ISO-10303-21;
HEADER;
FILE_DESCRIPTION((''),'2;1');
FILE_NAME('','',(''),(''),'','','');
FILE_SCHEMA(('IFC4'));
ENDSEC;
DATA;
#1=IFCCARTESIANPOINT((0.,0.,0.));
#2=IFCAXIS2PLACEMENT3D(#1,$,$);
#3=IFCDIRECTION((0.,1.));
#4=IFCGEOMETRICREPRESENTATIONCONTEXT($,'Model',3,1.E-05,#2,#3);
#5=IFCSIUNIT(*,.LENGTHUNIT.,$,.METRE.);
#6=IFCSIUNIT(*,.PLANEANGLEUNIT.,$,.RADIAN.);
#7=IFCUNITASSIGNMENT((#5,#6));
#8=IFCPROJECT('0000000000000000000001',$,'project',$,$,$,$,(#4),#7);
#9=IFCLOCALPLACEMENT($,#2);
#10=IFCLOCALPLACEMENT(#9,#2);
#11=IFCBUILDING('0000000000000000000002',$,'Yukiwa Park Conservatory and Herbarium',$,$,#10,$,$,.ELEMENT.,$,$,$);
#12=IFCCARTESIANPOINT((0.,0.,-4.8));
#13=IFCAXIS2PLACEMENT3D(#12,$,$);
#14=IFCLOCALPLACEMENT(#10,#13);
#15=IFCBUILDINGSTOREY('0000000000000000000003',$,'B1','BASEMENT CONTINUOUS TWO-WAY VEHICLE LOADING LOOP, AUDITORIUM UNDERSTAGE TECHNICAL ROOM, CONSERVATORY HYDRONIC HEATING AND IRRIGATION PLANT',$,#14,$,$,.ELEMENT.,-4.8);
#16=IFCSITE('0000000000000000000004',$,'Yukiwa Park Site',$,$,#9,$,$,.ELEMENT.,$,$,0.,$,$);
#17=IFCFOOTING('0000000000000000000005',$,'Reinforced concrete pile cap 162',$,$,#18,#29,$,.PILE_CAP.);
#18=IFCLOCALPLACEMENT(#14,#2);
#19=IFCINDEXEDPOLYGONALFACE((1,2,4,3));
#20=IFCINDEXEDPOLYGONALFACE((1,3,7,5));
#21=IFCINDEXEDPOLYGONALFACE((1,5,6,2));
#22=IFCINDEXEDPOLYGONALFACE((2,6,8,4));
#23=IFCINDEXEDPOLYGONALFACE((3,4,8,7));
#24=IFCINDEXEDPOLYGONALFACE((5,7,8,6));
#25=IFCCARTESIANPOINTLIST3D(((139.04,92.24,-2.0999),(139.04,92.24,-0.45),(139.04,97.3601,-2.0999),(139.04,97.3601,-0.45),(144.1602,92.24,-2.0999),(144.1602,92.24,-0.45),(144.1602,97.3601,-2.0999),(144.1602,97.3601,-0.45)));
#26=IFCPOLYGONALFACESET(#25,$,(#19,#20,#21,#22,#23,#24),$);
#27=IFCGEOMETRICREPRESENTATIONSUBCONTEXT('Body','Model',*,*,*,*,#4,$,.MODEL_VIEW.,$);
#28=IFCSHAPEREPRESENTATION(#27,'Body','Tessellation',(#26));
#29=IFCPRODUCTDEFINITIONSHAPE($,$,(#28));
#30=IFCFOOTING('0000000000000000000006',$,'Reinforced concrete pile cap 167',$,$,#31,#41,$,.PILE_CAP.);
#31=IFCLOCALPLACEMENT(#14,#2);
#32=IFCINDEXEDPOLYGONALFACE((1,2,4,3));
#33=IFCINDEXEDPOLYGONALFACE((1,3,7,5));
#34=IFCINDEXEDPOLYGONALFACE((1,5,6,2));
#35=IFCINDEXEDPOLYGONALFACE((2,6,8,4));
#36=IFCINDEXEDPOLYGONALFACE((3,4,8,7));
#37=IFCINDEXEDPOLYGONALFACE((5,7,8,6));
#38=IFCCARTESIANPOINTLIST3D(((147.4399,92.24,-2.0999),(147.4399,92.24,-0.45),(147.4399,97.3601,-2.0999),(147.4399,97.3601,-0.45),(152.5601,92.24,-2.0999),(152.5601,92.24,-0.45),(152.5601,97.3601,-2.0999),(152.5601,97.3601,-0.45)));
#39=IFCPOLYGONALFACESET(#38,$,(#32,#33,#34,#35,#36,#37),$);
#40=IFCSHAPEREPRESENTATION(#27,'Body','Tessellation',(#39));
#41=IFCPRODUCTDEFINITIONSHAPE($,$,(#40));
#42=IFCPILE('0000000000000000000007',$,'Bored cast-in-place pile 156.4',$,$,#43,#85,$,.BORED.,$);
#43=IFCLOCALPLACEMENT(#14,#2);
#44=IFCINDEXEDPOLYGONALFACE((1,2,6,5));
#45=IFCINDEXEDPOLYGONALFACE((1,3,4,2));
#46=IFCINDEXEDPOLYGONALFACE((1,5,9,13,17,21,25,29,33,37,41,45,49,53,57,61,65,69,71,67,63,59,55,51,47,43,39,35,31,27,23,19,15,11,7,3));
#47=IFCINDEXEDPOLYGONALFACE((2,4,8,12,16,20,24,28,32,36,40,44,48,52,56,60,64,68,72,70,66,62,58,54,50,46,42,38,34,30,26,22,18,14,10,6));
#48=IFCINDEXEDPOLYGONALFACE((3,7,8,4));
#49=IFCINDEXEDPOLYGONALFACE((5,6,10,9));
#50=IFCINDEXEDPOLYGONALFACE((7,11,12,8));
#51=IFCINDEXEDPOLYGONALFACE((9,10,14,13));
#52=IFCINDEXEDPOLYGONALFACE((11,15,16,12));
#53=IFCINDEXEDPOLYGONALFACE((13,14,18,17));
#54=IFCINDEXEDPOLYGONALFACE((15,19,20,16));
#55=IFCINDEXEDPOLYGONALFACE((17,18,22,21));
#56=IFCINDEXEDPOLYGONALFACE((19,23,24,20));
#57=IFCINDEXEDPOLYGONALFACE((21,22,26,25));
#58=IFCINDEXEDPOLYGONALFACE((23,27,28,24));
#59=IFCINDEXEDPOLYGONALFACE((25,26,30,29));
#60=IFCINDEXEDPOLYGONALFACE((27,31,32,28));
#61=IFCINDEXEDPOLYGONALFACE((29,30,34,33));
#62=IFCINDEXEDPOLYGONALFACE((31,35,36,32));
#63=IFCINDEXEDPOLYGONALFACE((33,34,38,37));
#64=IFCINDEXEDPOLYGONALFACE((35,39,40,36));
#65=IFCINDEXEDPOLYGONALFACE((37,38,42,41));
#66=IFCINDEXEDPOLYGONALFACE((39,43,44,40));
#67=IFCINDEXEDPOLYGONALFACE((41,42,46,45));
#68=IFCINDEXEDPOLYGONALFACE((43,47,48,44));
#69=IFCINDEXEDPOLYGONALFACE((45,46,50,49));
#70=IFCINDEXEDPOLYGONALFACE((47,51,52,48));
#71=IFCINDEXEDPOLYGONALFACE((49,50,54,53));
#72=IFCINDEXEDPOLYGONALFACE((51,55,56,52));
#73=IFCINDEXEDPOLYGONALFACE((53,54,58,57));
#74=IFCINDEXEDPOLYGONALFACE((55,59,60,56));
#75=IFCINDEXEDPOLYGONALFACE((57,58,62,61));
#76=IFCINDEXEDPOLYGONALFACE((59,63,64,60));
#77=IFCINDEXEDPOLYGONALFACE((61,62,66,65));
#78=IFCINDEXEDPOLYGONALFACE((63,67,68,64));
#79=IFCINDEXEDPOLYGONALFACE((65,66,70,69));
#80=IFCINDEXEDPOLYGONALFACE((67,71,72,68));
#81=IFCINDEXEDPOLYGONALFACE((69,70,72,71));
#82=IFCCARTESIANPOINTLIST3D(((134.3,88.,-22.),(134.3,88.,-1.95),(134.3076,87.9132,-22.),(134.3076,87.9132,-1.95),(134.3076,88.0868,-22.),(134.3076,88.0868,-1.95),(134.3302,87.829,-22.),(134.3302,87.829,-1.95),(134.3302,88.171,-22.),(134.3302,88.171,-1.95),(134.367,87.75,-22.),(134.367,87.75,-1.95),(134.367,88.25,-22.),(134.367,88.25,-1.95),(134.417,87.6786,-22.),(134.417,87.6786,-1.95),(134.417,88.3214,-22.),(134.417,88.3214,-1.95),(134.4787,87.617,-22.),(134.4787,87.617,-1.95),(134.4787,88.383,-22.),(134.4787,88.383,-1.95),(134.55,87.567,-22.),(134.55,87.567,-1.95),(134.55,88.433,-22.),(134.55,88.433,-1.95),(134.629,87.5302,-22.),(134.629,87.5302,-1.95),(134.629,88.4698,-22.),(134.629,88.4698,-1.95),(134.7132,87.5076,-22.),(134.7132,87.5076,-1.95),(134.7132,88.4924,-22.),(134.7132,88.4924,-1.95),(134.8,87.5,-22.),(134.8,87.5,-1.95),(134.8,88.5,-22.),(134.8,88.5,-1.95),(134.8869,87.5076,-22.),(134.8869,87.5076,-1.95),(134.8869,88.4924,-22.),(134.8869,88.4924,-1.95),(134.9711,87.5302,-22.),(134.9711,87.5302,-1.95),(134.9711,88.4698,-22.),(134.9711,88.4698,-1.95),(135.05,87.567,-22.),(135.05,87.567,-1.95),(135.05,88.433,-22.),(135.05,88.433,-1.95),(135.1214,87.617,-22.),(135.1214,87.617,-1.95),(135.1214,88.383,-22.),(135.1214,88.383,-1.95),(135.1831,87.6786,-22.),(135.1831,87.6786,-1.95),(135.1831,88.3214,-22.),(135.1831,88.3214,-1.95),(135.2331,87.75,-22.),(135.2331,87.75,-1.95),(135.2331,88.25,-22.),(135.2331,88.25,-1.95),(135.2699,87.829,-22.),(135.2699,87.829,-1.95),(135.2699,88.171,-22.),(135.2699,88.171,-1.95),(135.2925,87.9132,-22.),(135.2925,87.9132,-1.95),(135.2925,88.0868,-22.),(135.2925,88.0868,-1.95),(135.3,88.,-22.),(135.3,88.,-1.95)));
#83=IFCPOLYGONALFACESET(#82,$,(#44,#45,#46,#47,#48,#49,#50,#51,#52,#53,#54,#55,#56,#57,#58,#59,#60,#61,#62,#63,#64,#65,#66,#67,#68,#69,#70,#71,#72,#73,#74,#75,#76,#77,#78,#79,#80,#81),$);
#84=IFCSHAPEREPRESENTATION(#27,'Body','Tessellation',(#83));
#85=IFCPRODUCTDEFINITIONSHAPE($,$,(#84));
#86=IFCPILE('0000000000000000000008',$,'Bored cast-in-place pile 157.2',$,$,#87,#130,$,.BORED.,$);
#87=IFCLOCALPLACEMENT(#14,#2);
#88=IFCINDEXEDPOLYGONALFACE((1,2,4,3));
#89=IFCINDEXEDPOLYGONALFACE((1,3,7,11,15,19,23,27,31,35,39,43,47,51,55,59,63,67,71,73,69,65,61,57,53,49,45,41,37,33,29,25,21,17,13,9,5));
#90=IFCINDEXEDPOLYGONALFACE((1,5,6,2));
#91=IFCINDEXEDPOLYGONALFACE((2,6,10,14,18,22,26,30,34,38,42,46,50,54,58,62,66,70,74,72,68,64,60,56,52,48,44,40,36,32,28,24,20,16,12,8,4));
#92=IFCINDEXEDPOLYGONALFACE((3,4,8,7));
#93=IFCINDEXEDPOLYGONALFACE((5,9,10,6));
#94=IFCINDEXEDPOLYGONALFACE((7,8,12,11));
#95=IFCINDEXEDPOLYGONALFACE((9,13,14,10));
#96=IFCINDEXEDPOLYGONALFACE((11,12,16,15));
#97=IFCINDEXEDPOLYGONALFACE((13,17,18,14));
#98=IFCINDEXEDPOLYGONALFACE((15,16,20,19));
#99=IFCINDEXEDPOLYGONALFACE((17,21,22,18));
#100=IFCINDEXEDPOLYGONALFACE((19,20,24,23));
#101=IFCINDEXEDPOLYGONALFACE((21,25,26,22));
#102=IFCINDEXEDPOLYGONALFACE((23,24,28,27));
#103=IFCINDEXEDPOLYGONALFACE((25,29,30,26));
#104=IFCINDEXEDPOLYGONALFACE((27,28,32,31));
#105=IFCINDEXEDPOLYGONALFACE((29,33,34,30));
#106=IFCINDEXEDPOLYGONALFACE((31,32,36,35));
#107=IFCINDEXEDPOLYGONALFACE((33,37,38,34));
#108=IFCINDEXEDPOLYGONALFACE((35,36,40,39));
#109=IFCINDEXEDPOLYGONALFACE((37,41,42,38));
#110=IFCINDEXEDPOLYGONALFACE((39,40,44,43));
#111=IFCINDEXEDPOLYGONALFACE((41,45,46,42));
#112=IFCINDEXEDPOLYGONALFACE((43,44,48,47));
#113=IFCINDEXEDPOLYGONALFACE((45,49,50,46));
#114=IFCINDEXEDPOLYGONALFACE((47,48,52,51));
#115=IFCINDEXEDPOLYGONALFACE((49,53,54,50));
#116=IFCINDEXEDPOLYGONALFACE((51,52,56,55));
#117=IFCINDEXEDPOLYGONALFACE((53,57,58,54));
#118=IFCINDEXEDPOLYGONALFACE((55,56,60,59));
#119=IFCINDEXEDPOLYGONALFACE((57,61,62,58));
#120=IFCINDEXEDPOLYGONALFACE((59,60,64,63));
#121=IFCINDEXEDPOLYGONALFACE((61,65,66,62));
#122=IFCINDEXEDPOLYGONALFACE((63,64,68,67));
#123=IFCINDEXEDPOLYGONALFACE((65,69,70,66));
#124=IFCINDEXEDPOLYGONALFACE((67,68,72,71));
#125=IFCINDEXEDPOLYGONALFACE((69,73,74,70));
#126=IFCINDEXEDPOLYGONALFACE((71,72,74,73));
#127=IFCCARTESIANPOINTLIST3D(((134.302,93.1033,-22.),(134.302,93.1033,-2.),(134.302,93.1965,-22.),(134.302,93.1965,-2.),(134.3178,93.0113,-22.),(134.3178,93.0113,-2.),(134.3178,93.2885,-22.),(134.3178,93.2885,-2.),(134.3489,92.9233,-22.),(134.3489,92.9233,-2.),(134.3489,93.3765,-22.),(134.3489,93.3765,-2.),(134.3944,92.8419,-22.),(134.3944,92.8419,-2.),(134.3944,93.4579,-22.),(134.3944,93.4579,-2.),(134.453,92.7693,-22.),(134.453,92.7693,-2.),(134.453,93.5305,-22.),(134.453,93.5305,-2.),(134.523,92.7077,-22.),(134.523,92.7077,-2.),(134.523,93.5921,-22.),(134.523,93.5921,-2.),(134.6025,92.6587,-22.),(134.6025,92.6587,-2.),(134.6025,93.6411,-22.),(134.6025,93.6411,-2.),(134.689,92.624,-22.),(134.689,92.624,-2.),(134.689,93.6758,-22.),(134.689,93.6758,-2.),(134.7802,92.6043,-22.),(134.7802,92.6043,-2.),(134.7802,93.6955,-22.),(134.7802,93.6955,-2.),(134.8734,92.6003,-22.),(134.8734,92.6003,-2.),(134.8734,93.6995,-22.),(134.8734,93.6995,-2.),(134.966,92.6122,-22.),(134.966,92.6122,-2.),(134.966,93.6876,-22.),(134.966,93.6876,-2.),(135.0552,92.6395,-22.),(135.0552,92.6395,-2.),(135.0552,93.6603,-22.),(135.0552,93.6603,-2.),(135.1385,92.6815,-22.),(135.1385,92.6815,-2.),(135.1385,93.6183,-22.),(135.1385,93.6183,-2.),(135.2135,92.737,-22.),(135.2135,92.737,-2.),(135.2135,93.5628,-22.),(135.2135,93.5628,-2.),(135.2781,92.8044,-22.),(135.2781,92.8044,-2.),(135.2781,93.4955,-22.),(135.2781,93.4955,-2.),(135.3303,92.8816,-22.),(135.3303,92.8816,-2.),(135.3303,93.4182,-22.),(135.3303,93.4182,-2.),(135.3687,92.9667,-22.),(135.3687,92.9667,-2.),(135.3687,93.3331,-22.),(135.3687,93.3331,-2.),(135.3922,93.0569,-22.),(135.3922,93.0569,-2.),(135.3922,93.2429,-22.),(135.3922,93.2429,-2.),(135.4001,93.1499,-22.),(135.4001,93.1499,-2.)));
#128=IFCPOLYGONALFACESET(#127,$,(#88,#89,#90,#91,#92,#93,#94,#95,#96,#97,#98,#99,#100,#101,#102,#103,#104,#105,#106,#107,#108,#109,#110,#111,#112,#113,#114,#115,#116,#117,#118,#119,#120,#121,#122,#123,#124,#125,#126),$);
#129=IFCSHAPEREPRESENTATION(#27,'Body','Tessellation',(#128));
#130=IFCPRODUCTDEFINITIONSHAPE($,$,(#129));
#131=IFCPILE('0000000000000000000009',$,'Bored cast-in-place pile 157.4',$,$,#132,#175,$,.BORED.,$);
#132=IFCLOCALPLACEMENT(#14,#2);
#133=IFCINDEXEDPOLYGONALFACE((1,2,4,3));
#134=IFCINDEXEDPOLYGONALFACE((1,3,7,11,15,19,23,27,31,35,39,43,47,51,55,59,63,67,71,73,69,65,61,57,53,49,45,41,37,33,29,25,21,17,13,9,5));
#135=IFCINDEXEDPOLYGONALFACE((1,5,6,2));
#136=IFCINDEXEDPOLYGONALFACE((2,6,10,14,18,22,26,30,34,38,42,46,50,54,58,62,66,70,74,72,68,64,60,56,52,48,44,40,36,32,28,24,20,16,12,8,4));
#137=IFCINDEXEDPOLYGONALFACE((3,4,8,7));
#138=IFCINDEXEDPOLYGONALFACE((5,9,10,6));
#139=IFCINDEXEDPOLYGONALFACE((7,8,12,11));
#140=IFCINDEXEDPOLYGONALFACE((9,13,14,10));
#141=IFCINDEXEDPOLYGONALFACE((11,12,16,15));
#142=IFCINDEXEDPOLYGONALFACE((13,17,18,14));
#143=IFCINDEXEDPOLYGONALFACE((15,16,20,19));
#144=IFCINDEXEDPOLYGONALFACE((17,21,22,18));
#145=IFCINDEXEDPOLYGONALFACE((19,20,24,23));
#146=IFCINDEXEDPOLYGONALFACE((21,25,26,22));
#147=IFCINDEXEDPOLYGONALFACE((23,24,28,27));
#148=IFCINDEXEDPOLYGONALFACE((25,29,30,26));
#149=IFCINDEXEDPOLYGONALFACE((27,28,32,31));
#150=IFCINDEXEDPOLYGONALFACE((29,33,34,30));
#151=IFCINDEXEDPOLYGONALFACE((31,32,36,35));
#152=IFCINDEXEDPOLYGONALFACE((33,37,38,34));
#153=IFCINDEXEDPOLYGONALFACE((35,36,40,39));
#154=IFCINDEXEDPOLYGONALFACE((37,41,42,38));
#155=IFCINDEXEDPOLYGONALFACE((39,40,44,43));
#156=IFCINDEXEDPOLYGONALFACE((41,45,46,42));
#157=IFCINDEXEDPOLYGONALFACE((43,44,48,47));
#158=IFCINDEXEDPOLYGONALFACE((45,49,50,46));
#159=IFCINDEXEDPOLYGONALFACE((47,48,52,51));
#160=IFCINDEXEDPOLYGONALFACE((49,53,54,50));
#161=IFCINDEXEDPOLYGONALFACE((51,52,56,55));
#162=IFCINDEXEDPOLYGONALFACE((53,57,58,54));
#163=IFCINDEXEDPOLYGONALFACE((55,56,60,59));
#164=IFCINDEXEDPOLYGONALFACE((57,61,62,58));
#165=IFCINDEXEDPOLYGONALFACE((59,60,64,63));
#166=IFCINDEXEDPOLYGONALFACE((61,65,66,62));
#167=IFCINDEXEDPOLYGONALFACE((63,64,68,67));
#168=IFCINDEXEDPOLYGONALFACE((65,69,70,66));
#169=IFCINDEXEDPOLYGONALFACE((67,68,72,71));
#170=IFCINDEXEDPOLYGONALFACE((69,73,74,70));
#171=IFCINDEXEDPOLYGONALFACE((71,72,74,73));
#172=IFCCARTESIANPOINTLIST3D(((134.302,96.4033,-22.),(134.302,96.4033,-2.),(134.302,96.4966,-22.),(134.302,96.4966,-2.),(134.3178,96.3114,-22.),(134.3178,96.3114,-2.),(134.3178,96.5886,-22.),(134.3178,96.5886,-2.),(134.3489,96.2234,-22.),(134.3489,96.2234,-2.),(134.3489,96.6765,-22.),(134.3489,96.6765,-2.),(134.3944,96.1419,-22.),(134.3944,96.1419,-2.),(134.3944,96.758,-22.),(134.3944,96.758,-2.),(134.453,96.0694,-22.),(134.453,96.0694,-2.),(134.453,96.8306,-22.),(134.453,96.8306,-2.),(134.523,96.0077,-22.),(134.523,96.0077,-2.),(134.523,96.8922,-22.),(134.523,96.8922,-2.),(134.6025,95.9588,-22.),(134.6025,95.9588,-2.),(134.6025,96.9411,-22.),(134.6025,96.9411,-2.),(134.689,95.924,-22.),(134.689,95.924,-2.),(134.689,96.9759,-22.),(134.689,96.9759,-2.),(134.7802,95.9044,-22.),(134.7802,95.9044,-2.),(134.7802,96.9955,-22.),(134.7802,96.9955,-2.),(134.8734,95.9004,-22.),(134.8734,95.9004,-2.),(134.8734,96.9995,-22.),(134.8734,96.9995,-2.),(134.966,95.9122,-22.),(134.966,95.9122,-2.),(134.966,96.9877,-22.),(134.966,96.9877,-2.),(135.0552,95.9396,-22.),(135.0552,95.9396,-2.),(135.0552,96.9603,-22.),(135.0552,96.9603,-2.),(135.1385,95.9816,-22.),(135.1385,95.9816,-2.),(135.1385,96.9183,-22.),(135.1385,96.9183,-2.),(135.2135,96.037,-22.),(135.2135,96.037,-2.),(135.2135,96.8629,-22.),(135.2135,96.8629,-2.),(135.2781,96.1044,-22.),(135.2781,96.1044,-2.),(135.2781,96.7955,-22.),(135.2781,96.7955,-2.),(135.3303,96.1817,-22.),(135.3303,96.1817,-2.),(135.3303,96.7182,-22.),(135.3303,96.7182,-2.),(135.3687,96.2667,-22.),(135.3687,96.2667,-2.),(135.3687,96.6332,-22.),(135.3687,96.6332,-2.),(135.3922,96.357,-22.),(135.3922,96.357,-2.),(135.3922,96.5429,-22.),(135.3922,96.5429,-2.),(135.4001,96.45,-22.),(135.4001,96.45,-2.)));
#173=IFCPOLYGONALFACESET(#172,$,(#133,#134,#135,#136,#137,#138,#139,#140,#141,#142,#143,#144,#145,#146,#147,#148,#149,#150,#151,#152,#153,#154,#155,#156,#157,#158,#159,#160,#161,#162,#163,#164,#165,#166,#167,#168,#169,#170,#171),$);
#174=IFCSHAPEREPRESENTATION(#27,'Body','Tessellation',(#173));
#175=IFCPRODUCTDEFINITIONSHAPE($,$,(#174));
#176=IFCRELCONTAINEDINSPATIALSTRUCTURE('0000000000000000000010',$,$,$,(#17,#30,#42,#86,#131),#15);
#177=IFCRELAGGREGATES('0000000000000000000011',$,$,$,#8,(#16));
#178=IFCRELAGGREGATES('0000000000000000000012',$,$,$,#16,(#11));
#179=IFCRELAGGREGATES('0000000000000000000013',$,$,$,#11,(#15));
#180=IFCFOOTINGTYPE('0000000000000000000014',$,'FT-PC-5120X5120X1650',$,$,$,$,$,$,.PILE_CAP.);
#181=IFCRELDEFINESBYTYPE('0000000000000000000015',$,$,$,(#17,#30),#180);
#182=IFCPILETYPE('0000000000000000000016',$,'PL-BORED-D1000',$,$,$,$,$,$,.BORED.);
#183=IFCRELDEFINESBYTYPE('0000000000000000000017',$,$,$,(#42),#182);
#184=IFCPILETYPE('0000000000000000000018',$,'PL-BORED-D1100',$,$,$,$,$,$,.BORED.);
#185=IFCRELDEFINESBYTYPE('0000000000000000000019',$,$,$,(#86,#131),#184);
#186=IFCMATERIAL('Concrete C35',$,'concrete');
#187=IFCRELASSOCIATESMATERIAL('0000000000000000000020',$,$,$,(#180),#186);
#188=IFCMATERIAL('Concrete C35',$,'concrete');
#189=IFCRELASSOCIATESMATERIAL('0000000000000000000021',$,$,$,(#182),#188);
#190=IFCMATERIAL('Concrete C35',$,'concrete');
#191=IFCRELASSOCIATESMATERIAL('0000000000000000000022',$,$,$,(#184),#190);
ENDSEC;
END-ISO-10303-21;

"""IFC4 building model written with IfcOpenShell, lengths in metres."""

from ifc_helpers import new_model, si_unit, direction, frame, origin, origin_2d, place, context, subcontext, project, spatial, rectangle, circle, extrude, material, material_profile, profile_set, type_object, element, save


model = new_model("IFC4")

# Units and contexts
model_context = context("Model", 3, precision=1e-05, world=origin(), true_north=direction((0.0, 1.0)))
body_context = subcontext(model_context, "Body", "Model", "MODEL_VIEW")
ifc_project = project(units=[si_unit("LENGTHUNIT", "METRE"), si_unit("PLANEANGLEUNIT", "RADIAN")], contexts=[model_context])

# Site, building, storey
site_placement = place(None, origin())
site = spatial("IfcSite", under=ifc_project, at=site_placement, Name="Yukiwa Park Site", CompositionType="ELEMENT", RefElevation=0.0)
building_placement = place(site_placement, origin())
building = spatial("IfcBuilding", under=site, at=building_placement, Name="Yukiwa Park Conservatory and Herbarium", CompositionType="ELEMENT")
storey_placement = place(building_placement, frame((0.0, 0.0, -4.8)))
storey = spatial("IfcBuildingStorey", under=building, at=storey_placement, Name="B1", Description="BASEMENT CONTINUOUS TWO-WAY VEHICLE LOADING LOOP, AUDITORIUM UNDERSTAGE TECHNICAL ROOM, CONSERVATORY HYDRONIC HEATING AND IRRIGATION PLANT", CompositionType="ELEMENT", Elevation=-4.8)

# Footings
ifc_material_1 = material(Name="Concrete C35", Category="concrete")
footing_type = type_object("IfcFootingType", Name="FT-PC-5120X5120X1650", PredefinedType="PILE_CAP", material=ifc_material_1)
for number, where, z_axis, x_axis, name in (
    (1, (141.6001, 94.8, -2.0999), (0.0, 0.0, 1.0), (1.0, 0.0, 0.0), "Reinforced concrete pile cap 162"),
    (2, (150.0, 94.8, -2.0999), (0.0, 0.0, 1.0), (1.0, 0.0, 0.0), "Reinforced concrete pile cap 167"),
):
    element("IfcFooting", number, at=place(storey_placement, frame(where, z_axis=z_axis, x_axis=x_axis)), inside=storey, type_object=footing_type, Name=name, PredefinedType="PILE_CAP", context=body_context, shape_type="SweptSolid", body=[
        extrude(rectangle(XDim=5.1201, YDim=5.1201, at=origin_2d()), origin(), (0.0, 0.0, 1.0), 1.6499),
    ])

# Piles
ifc_material_2 = material(Name="Concrete C35", Category="concrete")
ifc_material_profile_1 = material_profile(ifc_material_2, circle(Radius=0.5, at=origin_2d()), Name="PILE D1000")
ifc_profile_set_1 = profile_set([ifc_material_profile_1], Name="Concrete C35")
pile_type_1 = type_object("IfcPileType", Name="PL-BORED-D1000", PredefinedType="BORED", material=ifc_profile_set_1)
pile_placement = place(storey_placement, frame((134.8, 88.0, -1.95), z_axis=(0.0, 0.0, -1.0), x_axis=(1.0, 0.0, 0.0)))
element("IfcPile", 3, at=pile_placement, inside=storey, type_object=pile_type_1, Name="Bored cast-in-place pile 156.4", PredefinedType="BORED", context=body_context, shape_type="SweptSolid", body=[
    extrude(circle(Radius=0.5, at=origin_2d()), origin(), (0.0, 0.0, 1.0), 20.05),
])
ifc_material_3 = material(Name="Concrete C35", Category="concrete")
ifc_material_profile_2 = material_profile(ifc_material_3, circle(Radius=0.55, at=origin_2d()), Name="PILE D1100")
ifc_profile_set_2 = profile_set([ifc_material_profile_2], Name="Concrete C35")
pile_type_2 = type_object("IfcPileType", Name="PL-BORED-D1100", PredefinedType="BORED", material=ifc_profile_set_2)
for number, where, z_axis, x_axis, name in (
    (4, (134.8501, 93.1499, -2.0), (0.0, 0.0, -1.0), (1.0, 0.0, 0.0), "Bored cast-in-place pile 157.2"),
    (5, (134.8501, 96.45, -2.0), (0.0, 0.0, -1.0), (1.0, 0.0, 0.0), "Bored cast-in-place pile 157.4"),
):
    element("IfcPile", number, at=place(storey_placement, frame(where, z_axis=z_axis, x_axis=x_axis)), inside=storey, type_object=pile_type_2, Name=name, PredefinedType="BORED", context=body_context, shape_type="SweptSolid", body=[
        extrude(circle(Radius=0.55, at=origin_2d()), origin(), (0.0, 0.0, 1.0), 20.0),
    ])

save(model, "model.ifc")
